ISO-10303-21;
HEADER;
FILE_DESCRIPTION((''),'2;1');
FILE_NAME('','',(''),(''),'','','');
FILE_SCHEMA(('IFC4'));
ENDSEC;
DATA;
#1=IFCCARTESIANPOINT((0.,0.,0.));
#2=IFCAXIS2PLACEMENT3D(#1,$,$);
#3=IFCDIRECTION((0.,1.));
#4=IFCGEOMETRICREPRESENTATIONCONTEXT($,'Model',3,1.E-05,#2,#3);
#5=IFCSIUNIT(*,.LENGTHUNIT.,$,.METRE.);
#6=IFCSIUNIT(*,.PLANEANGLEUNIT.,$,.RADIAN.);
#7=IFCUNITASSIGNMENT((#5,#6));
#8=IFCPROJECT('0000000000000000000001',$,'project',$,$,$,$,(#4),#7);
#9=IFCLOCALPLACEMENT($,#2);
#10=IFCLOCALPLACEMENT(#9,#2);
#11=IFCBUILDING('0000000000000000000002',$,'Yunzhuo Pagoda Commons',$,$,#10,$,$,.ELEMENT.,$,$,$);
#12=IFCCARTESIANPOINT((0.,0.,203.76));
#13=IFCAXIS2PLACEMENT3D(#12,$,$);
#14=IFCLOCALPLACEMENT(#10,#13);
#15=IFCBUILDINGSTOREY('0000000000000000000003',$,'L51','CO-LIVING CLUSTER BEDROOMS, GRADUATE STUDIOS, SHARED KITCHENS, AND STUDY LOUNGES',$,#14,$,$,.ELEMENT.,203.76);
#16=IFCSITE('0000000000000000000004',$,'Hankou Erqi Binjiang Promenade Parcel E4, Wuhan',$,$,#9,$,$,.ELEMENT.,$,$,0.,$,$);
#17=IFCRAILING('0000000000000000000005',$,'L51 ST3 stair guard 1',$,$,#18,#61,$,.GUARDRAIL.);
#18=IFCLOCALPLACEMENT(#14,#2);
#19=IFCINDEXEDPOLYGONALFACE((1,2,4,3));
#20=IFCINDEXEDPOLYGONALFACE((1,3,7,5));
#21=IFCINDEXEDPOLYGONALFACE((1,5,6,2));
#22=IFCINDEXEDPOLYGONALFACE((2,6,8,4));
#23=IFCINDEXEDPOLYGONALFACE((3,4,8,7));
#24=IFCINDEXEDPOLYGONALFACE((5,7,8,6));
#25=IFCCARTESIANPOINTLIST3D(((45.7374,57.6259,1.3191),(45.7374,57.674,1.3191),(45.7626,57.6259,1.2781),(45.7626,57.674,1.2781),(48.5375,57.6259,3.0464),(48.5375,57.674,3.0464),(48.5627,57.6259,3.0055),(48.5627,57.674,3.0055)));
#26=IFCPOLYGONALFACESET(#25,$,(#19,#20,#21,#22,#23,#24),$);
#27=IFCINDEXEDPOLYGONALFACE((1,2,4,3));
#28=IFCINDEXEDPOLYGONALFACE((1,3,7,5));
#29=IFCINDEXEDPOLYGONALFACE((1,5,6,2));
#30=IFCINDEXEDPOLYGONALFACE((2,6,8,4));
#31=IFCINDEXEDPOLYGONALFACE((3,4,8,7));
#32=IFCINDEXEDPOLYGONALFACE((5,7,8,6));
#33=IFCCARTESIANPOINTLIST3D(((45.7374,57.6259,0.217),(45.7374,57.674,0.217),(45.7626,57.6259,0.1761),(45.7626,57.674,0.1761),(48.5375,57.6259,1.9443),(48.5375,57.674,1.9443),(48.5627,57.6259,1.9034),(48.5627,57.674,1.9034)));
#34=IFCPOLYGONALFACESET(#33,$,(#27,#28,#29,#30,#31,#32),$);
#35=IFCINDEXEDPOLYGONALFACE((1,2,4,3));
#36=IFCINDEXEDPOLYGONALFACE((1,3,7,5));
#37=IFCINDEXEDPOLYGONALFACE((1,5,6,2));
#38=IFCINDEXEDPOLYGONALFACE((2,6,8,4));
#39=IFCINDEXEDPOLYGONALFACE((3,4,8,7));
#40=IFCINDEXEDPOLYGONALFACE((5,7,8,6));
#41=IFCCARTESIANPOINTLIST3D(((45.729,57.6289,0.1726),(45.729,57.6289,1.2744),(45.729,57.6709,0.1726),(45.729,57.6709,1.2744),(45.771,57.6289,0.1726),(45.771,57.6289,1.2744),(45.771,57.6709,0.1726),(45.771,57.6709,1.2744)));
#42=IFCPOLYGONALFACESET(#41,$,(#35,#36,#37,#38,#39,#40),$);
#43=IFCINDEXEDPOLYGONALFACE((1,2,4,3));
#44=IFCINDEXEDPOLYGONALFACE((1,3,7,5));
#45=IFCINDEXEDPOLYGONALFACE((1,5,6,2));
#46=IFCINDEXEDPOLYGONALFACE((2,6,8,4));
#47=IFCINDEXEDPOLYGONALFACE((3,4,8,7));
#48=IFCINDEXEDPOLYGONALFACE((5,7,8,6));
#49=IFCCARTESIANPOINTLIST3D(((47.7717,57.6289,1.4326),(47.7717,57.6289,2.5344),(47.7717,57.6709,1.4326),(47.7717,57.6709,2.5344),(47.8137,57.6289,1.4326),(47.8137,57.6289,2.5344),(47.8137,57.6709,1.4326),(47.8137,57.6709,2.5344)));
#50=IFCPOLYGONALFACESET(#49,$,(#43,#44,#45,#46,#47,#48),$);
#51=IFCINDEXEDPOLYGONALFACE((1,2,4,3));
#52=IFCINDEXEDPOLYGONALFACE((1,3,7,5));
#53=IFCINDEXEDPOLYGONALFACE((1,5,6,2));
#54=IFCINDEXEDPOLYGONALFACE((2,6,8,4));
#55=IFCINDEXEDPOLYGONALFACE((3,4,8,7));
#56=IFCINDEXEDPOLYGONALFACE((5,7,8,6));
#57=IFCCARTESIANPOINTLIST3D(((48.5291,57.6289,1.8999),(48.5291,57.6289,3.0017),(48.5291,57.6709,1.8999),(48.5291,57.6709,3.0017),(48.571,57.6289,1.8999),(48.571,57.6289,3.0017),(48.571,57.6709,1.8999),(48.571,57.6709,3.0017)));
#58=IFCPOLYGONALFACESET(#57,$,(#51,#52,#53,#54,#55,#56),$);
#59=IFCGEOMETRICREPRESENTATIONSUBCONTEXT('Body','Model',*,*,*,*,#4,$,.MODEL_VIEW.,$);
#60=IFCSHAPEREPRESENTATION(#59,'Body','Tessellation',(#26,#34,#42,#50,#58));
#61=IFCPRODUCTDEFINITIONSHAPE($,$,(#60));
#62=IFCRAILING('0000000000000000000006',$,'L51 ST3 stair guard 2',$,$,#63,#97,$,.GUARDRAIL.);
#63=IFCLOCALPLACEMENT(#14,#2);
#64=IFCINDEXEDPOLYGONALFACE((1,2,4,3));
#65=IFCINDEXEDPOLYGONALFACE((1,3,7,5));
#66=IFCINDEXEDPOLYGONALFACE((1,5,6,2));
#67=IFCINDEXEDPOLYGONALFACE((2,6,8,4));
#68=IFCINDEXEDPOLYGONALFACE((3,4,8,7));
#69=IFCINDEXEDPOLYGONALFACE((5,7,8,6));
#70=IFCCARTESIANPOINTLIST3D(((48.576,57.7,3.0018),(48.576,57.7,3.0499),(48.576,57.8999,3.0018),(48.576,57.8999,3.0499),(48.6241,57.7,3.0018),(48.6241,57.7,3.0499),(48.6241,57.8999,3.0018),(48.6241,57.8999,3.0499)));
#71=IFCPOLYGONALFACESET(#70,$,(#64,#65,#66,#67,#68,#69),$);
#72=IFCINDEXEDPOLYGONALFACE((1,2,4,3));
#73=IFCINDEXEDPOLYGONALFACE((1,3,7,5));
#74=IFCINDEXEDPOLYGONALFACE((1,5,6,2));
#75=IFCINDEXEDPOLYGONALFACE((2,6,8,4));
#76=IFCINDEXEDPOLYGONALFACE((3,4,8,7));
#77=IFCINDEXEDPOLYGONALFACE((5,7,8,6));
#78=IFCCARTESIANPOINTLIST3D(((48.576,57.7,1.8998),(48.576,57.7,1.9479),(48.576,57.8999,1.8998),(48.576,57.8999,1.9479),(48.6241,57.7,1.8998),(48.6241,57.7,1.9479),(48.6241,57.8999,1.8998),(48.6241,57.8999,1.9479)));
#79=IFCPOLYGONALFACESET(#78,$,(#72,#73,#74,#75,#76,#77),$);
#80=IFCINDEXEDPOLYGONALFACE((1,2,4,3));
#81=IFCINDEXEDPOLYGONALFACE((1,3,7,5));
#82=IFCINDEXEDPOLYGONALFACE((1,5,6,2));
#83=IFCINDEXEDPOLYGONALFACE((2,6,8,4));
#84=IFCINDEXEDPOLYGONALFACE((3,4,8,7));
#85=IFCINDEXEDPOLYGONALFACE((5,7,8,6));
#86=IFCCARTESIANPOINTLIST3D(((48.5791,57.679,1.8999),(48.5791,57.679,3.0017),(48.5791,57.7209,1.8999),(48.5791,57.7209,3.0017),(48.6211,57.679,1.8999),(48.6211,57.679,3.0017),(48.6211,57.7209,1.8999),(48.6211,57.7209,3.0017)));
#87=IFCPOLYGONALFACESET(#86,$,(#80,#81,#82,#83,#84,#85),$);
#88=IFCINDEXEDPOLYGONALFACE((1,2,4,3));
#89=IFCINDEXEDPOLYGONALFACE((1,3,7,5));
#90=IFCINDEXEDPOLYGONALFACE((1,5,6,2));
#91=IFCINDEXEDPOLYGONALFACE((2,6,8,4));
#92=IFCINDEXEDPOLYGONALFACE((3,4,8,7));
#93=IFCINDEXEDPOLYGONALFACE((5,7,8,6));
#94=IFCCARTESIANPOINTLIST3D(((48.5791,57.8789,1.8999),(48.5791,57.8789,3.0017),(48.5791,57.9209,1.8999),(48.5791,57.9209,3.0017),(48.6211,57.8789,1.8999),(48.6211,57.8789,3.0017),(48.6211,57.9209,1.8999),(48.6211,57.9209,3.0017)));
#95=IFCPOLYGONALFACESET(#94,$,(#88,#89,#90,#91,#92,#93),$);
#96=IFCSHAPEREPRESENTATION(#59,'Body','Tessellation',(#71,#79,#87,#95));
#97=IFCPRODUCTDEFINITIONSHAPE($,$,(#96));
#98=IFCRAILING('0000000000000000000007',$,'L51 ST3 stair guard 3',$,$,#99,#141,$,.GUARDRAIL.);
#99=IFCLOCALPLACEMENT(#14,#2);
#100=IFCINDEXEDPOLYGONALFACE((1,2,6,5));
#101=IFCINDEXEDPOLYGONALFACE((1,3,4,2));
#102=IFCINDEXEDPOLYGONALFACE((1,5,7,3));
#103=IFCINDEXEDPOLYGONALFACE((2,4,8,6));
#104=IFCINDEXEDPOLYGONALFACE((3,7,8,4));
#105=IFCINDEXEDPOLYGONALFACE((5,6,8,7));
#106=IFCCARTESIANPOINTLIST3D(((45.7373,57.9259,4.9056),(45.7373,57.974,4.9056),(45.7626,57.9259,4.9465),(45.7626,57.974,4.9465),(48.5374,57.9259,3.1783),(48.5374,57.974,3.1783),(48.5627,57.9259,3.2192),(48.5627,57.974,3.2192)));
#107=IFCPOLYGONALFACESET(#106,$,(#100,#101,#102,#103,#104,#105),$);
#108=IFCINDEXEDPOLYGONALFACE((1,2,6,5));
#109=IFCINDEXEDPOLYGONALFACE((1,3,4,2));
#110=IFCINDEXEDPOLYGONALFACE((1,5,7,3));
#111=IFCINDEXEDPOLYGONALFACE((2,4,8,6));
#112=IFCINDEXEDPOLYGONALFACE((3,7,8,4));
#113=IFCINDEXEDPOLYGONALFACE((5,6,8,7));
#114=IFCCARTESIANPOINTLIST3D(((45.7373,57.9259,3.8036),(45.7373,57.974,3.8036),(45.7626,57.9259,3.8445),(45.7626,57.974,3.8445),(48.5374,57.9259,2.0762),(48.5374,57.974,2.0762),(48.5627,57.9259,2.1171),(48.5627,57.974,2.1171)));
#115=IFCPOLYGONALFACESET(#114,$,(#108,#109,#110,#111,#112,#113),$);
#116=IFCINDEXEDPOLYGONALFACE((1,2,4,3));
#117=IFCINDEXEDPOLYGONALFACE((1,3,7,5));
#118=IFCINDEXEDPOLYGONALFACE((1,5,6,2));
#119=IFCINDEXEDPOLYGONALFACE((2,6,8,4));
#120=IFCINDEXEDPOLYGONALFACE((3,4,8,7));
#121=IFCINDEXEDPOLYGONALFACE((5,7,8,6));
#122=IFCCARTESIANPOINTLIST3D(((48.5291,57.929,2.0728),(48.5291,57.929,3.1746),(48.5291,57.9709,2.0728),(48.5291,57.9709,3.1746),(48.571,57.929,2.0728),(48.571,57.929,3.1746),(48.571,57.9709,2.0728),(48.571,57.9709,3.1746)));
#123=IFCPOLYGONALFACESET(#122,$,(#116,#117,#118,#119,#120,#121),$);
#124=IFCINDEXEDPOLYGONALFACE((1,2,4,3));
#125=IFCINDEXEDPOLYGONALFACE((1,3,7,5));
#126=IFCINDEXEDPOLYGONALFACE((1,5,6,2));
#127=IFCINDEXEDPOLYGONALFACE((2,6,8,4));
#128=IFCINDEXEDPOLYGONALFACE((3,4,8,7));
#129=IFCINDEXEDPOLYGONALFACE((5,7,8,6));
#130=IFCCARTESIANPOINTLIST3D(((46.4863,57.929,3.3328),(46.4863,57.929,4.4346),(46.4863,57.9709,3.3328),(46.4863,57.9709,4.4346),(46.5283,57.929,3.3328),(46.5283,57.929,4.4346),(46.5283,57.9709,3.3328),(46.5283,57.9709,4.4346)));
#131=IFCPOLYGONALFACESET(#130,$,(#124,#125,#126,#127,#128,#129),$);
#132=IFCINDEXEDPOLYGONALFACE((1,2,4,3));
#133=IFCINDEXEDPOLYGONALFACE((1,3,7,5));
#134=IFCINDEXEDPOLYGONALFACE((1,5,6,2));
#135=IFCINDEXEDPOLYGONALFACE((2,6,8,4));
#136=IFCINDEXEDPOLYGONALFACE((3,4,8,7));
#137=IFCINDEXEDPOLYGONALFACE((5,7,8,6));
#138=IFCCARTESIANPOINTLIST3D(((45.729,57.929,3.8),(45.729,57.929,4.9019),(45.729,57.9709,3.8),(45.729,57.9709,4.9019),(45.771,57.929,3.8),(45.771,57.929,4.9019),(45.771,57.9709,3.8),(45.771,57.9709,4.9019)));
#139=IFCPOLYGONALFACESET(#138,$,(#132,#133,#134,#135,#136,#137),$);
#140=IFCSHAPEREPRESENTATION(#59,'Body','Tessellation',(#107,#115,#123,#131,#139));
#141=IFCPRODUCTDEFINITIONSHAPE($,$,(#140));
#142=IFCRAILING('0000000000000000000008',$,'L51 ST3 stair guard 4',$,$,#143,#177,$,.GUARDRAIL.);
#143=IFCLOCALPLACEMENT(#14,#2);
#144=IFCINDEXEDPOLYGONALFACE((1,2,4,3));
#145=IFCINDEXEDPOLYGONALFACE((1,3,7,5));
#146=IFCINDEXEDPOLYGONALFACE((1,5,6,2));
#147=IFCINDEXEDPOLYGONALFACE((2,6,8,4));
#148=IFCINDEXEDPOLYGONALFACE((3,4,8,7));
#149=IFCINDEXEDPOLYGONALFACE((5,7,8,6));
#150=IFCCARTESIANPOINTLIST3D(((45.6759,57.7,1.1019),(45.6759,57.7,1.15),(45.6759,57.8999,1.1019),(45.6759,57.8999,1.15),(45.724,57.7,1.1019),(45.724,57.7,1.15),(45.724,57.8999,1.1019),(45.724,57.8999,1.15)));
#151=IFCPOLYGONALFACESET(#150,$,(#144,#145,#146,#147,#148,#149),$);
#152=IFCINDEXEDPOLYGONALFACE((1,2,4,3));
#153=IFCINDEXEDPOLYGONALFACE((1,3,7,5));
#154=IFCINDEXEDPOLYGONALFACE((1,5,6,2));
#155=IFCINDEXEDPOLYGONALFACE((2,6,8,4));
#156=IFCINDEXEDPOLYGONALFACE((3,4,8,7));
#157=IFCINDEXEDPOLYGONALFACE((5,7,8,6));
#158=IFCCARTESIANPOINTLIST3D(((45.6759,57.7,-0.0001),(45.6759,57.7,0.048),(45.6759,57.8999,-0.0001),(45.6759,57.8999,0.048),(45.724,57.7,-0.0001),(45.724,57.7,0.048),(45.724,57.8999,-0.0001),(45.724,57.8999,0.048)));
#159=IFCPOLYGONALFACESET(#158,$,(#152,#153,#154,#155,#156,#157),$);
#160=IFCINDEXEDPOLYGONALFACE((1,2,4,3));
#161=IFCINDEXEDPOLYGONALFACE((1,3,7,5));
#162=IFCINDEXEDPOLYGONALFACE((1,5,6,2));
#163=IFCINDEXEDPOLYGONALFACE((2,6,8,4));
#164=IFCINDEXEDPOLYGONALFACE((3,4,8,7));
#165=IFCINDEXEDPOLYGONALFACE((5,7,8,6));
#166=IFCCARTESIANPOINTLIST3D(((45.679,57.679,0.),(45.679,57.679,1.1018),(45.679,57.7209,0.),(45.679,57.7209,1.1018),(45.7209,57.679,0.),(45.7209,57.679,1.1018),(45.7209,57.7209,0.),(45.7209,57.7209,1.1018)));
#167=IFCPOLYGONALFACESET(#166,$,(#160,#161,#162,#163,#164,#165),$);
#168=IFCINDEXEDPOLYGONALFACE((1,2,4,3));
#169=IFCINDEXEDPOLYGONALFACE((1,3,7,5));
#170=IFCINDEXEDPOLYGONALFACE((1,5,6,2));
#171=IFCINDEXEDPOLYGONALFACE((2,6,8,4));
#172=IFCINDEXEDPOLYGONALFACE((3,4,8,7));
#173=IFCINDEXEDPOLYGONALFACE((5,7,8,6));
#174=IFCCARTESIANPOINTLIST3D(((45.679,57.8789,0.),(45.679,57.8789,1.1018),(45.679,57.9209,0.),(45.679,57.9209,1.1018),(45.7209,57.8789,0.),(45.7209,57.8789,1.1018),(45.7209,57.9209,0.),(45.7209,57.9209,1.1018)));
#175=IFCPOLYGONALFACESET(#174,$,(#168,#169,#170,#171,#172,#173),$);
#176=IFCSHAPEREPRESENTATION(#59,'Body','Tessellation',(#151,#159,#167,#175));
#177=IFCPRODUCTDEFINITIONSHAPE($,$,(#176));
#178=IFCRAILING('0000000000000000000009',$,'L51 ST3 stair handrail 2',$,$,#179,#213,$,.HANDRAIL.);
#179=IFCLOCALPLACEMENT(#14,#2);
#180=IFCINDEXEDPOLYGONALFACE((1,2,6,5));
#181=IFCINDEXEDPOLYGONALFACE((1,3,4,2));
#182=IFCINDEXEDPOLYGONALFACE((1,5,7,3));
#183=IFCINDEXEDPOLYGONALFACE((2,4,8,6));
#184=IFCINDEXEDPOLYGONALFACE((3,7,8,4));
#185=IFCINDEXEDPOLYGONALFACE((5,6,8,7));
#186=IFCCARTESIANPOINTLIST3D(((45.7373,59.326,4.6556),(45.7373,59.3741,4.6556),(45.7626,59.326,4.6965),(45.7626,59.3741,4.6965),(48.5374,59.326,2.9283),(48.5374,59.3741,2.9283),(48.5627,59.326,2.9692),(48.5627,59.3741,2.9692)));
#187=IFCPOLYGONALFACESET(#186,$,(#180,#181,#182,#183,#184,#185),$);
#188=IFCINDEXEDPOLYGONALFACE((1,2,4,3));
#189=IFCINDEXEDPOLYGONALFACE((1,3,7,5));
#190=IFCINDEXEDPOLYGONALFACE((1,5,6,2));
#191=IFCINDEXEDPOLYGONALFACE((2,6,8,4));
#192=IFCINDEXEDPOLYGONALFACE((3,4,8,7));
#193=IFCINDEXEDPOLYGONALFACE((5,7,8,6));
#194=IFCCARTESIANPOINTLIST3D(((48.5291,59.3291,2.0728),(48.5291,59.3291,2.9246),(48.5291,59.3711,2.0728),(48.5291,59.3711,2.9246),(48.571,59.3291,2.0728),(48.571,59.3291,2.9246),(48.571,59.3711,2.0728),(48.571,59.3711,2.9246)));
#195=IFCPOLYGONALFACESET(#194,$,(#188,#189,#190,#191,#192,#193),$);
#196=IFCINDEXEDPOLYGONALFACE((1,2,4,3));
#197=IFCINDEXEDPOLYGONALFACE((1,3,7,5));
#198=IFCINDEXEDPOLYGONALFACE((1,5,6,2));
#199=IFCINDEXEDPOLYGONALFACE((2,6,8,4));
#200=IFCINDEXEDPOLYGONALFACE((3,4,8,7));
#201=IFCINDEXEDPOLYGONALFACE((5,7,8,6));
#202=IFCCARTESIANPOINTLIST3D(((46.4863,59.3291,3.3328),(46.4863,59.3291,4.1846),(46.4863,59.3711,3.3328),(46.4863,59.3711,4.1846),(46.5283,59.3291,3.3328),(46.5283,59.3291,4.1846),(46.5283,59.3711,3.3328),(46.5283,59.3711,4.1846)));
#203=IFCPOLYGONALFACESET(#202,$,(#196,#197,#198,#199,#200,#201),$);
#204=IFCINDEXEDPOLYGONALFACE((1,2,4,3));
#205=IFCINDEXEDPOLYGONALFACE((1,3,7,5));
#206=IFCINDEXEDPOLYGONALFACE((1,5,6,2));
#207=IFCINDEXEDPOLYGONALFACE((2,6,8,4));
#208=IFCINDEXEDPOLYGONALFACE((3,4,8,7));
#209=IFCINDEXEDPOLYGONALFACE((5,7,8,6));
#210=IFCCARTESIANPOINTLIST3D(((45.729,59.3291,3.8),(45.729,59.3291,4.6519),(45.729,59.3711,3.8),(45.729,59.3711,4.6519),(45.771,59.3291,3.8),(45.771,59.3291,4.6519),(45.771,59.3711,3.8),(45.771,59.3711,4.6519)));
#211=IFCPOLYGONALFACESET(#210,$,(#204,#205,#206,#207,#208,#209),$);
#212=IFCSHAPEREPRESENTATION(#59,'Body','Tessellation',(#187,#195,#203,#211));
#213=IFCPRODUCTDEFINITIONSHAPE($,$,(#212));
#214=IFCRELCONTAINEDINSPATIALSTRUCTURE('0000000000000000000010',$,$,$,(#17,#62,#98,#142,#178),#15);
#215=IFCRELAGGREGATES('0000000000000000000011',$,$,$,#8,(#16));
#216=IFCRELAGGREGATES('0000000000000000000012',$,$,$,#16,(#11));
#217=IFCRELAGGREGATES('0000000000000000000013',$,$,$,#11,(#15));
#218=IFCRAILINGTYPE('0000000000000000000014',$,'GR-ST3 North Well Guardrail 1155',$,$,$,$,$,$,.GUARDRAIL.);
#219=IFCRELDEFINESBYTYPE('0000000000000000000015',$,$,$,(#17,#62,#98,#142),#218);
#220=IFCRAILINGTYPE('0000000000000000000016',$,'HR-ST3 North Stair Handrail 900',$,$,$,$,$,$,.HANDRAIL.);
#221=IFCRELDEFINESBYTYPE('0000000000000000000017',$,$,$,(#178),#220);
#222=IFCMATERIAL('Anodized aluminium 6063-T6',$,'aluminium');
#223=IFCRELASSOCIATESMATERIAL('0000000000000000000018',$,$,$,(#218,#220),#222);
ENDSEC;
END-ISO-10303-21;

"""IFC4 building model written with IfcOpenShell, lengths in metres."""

from ifc_helpers import new_model, si_unit, direction, frame, origin, origin_2d, place, context, subcontext, project, spatial, rectangle, extrude, material, type_object, element, save


model = new_model("IFC4")

# Units and contexts
model_context = context("Model", 3, precision=1e-05, world=origin(), true_north=direction((0.0, 1.0)))
body_context = subcontext(model_context, "Body", "Model", "MODEL_VIEW")
ifc_project = project(units=[si_unit("LENGTHUNIT", "METRE"), si_unit("PLANEANGLEUNIT", "RADIAN")], contexts=[model_context])

# Site, building, storey
site_placement = place(None, origin())
site = spatial("IfcSite", under=ifc_project, at=site_placement, Name="Hankou Erqi Binjiang Promenade Parcel E4, Wuhan", CompositionType="ELEMENT", RefElevation=0.0)
building_placement = place(site_placement, origin())
building = spatial("IfcBuilding", under=site, at=building_placement, Name="Yunzhuo Pagoda Commons", CompositionType="ELEMENT")
storey_placement = place(building_placement, frame((0.0, 0.0, 203.76)))
storey = spatial("IfcBuildingStorey", under=building, at=storey_placement, Name="L51", Description="CO-LIVING CLUSTER BEDROOMS, GRADUATE STUDIOS, SHARED KITCHENS, AND STUDY LOUNGES", CompositionType="ELEMENT", Elevation=203.76)

# Shared definitions
ifc_material_1 = material(Name="Anodized aluminium 6063-T6", Category="aluminium")

# Railings
railing_type_1 = type_object("IfcRailingType", Name="GR-ST3 North Well Guardrail 1155", PredefinedType="GUARDRAIL", material=ifc_material_1)
railing_1_placement = place(storey_placement, frame((45.75, 57.6499, 0.1726)))
element("IfcRailing", 1, at=railing_1_placement, inside=storey, type_object=railing_type_1, Name="L51 ST3 stair guard 1", PredefinedType="GUARDRAIL", context=body_context, shape_type="SweptSolid", body=[
    extrude(rectangle(XDim=0.0481, YDim=0.0481, at=origin_2d()), frame((0.0, 0.0, 1.126), z_axis=(0.85109, 0.0, 0.52502), x_axis=(0.0, 1.0, 0.0)), (0.0, 0.0, 1.0), 3.29),
    extrude(rectangle(XDim=0.0481, YDim=0.0481, at=origin_2d()), frame((0.0, 0.0, 0.0239), z_axis=(0.85109, 0.0, 0.52502), x_axis=(0.0, 1.0, 0.0)), (0.0, 0.0, 1.0), 3.29),
    extrude(rectangle(XDim=0.042, YDim=0.042, at=origin_2d()), origin(), (0.0, 0.0, 1.0), 1.1018),
    extrude(rectangle(XDim=0.042, YDim=0.042, at=origin_2d()), frame((2.0427, 0.0, 1.26)), (0.0, 0.0, 1.0), 1.1018),
    extrude(rectangle(XDim=0.042, YDim=0.042, at=origin_2d()), frame((2.8, 0.0, 1.7273)), (0.0, 0.0, 1.0), 1.1018),
])
railing_2_placement = place(storey_placement, frame((48.6001, 57.7, 1.8999)))
element("IfcRailing", 2, at=railing_2_placement, inside=storey, type_object=railing_type_1, Name="L51 ST3 stair guard 2", PredefinedType="GUARDRAIL", context=body_context, shape_type="SweptSolid", body=[
    extrude(rectangle(XDim=0.0481, YDim=0.0481, at=origin_2d()), frame((0.0, 0.0, 1.126), z_axis=(0.0, 1.0, 0.0), x_axis=(-1.0, 0.0, 0.0)), (0.0, 0.0, 1.0), 0.2),
    extrude(rectangle(XDim=0.0481, YDim=0.0481, at=origin_2d()), frame((0.0, 0.0, 0.0239), z_axis=(0.0, 1.0, 0.0), x_axis=(-1.0, 0.0, 0.0)), (0.0, 0.0, 1.0), 0.2),
    extrude(rectangle(XDim=0.042, YDim=0.042, at=origin_2d()), origin(), (0.0, 0.0, 1.0), 1.1018),
    extrude(rectangle(XDim=0.042, YDim=0.042, at=origin_2d()), frame((0.0, 0.2, 0.0)), (0.0, 0.0, 1.0), 1.1018),
])
railing_3_placement = place(storey_placement, frame((48.55, 57.95, 2.0728)))
element("IfcRailing", 3, at=railing_3_placement, inside=storey, type_object=railing_type_1, Name="L51 ST3 stair guard 3", PredefinedType="GUARDRAIL", context=body_context, shape_type="SweptSolid", body=[
    extrude(rectangle(XDim=0.0481, YDim=0.0481, at=origin_2d()), frame((0.0, 0.0, 1.126), z_axis=(-0.85109, 0.0, 0.52502), x_axis=(0.0, -1.0, 0.0)), (0.0, 0.0, 1.0), 3.29),
    extrude(rectangle(XDim=0.0481, YDim=0.0481, at=origin_2d()), frame((0.0, 0.0, 0.0239), z_axis=(-0.85109, 0.0, 0.52502), x_axis=(0.0, -1.0, 0.0)), (0.0, 0.0, 1.0), 3.29),
    extrude(rectangle(XDim=0.042, YDim=0.042, at=origin_2d()), origin(), (0.0, 0.0, 1.0), 1.1018),
    extrude(rectangle(XDim=0.042, YDim=0.042, at=origin_2d()), frame((-2.0427, 0.0, 1.26)), (0.0, 0.0, 1.0), 1.1018),
    extrude(rectangle(XDim=0.042, YDim=0.042, at=origin_2d()), frame((-2.8, 0.0, 1.7273)), (0.0, 0.0, 1.0), 1.1018),
])
railing_4_placement = place(storey_placement, frame((45.7, 57.7, 0.0)))
element("IfcRailing", 4, at=railing_4_placement, inside=storey, type_object=railing_type_1, Name="L51 ST3 stair guard 4", PredefinedType="GUARDRAIL", context=body_context, shape_type="SweptSolid", body=[
    extrude(rectangle(XDim=0.0481, YDim=0.0481, at=origin_2d()), frame((0.0, 0.0, 1.126), z_axis=(0.0, 1.0, 0.0), x_axis=(-1.0, 0.0, 0.0)), (0.0, 0.0, 1.0), 0.2),
    extrude(rectangle(XDim=0.0481, YDim=0.0481, at=origin_2d()), frame((0.0, 0.0, 0.0239), z_axis=(0.0, 1.0, 0.0), x_axis=(-1.0, 0.0, 0.0)), (0.0, 0.0, 1.0), 0.2),
    extrude(rectangle(XDim=0.042, YDim=0.042, at=origin_2d()), origin(), (0.0, 0.0, 1.0), 1.1018),
    extrude(rectangle(XDim=0.042, YDim=0.042, at=origin_2d()), frame((0.0, 0.2, 0.0)), (0.0, 0.0, 1.0), 1.1018),
])
railing_type_2 = type_object("IfcRailingType", Name="HR-ST3 North Stair Handrail 900", PredefinedType="HANDRAIL", material=ifc_material_1)
railing_5_placement = place(storey_placement, frame((48.55, 59.3501, 2.0728)))
element("IfcRailing", 5, at=railing_5_placement, inside=storey, type_object=railing_type_2, Name="L51 ST3 stair handrail 2", PredefinedType="HANDRAIL", context=body_context, shape_type="SweptSolid", body=[
    extrude(rectangle(XDim=0.0481, YDim=0.0481, at=origin_2d()), frame((0.0, 0.0, 0.876), z_axis=(-0.85109, 0.0, 0.52502), x_axis=(0.0, -1.0, 0.0)), (0.0, 0.0, 1.0), 3.29),
    extrude(rectangle(XDim=0.042, YDim=0.042, at=origin_2d()), origin(), (0.0, 0.0, 1.0), 0.8518),
    extrude(rectangle(XDim=0.042, YDim=0.042, at=origin_2d()), frame((-2.0427, 0.0, 1.26)), (0.0, 0.0, 1.0), 0.8518),
    extrude(rectangle(XDim=0.042, YDim=0.042, at=origin_2d()), frame((-2.8, 0.0, 1.7273)), (0.0, 0.0, 1.0), 0.8518),
])

save(model, "model.ifc")
